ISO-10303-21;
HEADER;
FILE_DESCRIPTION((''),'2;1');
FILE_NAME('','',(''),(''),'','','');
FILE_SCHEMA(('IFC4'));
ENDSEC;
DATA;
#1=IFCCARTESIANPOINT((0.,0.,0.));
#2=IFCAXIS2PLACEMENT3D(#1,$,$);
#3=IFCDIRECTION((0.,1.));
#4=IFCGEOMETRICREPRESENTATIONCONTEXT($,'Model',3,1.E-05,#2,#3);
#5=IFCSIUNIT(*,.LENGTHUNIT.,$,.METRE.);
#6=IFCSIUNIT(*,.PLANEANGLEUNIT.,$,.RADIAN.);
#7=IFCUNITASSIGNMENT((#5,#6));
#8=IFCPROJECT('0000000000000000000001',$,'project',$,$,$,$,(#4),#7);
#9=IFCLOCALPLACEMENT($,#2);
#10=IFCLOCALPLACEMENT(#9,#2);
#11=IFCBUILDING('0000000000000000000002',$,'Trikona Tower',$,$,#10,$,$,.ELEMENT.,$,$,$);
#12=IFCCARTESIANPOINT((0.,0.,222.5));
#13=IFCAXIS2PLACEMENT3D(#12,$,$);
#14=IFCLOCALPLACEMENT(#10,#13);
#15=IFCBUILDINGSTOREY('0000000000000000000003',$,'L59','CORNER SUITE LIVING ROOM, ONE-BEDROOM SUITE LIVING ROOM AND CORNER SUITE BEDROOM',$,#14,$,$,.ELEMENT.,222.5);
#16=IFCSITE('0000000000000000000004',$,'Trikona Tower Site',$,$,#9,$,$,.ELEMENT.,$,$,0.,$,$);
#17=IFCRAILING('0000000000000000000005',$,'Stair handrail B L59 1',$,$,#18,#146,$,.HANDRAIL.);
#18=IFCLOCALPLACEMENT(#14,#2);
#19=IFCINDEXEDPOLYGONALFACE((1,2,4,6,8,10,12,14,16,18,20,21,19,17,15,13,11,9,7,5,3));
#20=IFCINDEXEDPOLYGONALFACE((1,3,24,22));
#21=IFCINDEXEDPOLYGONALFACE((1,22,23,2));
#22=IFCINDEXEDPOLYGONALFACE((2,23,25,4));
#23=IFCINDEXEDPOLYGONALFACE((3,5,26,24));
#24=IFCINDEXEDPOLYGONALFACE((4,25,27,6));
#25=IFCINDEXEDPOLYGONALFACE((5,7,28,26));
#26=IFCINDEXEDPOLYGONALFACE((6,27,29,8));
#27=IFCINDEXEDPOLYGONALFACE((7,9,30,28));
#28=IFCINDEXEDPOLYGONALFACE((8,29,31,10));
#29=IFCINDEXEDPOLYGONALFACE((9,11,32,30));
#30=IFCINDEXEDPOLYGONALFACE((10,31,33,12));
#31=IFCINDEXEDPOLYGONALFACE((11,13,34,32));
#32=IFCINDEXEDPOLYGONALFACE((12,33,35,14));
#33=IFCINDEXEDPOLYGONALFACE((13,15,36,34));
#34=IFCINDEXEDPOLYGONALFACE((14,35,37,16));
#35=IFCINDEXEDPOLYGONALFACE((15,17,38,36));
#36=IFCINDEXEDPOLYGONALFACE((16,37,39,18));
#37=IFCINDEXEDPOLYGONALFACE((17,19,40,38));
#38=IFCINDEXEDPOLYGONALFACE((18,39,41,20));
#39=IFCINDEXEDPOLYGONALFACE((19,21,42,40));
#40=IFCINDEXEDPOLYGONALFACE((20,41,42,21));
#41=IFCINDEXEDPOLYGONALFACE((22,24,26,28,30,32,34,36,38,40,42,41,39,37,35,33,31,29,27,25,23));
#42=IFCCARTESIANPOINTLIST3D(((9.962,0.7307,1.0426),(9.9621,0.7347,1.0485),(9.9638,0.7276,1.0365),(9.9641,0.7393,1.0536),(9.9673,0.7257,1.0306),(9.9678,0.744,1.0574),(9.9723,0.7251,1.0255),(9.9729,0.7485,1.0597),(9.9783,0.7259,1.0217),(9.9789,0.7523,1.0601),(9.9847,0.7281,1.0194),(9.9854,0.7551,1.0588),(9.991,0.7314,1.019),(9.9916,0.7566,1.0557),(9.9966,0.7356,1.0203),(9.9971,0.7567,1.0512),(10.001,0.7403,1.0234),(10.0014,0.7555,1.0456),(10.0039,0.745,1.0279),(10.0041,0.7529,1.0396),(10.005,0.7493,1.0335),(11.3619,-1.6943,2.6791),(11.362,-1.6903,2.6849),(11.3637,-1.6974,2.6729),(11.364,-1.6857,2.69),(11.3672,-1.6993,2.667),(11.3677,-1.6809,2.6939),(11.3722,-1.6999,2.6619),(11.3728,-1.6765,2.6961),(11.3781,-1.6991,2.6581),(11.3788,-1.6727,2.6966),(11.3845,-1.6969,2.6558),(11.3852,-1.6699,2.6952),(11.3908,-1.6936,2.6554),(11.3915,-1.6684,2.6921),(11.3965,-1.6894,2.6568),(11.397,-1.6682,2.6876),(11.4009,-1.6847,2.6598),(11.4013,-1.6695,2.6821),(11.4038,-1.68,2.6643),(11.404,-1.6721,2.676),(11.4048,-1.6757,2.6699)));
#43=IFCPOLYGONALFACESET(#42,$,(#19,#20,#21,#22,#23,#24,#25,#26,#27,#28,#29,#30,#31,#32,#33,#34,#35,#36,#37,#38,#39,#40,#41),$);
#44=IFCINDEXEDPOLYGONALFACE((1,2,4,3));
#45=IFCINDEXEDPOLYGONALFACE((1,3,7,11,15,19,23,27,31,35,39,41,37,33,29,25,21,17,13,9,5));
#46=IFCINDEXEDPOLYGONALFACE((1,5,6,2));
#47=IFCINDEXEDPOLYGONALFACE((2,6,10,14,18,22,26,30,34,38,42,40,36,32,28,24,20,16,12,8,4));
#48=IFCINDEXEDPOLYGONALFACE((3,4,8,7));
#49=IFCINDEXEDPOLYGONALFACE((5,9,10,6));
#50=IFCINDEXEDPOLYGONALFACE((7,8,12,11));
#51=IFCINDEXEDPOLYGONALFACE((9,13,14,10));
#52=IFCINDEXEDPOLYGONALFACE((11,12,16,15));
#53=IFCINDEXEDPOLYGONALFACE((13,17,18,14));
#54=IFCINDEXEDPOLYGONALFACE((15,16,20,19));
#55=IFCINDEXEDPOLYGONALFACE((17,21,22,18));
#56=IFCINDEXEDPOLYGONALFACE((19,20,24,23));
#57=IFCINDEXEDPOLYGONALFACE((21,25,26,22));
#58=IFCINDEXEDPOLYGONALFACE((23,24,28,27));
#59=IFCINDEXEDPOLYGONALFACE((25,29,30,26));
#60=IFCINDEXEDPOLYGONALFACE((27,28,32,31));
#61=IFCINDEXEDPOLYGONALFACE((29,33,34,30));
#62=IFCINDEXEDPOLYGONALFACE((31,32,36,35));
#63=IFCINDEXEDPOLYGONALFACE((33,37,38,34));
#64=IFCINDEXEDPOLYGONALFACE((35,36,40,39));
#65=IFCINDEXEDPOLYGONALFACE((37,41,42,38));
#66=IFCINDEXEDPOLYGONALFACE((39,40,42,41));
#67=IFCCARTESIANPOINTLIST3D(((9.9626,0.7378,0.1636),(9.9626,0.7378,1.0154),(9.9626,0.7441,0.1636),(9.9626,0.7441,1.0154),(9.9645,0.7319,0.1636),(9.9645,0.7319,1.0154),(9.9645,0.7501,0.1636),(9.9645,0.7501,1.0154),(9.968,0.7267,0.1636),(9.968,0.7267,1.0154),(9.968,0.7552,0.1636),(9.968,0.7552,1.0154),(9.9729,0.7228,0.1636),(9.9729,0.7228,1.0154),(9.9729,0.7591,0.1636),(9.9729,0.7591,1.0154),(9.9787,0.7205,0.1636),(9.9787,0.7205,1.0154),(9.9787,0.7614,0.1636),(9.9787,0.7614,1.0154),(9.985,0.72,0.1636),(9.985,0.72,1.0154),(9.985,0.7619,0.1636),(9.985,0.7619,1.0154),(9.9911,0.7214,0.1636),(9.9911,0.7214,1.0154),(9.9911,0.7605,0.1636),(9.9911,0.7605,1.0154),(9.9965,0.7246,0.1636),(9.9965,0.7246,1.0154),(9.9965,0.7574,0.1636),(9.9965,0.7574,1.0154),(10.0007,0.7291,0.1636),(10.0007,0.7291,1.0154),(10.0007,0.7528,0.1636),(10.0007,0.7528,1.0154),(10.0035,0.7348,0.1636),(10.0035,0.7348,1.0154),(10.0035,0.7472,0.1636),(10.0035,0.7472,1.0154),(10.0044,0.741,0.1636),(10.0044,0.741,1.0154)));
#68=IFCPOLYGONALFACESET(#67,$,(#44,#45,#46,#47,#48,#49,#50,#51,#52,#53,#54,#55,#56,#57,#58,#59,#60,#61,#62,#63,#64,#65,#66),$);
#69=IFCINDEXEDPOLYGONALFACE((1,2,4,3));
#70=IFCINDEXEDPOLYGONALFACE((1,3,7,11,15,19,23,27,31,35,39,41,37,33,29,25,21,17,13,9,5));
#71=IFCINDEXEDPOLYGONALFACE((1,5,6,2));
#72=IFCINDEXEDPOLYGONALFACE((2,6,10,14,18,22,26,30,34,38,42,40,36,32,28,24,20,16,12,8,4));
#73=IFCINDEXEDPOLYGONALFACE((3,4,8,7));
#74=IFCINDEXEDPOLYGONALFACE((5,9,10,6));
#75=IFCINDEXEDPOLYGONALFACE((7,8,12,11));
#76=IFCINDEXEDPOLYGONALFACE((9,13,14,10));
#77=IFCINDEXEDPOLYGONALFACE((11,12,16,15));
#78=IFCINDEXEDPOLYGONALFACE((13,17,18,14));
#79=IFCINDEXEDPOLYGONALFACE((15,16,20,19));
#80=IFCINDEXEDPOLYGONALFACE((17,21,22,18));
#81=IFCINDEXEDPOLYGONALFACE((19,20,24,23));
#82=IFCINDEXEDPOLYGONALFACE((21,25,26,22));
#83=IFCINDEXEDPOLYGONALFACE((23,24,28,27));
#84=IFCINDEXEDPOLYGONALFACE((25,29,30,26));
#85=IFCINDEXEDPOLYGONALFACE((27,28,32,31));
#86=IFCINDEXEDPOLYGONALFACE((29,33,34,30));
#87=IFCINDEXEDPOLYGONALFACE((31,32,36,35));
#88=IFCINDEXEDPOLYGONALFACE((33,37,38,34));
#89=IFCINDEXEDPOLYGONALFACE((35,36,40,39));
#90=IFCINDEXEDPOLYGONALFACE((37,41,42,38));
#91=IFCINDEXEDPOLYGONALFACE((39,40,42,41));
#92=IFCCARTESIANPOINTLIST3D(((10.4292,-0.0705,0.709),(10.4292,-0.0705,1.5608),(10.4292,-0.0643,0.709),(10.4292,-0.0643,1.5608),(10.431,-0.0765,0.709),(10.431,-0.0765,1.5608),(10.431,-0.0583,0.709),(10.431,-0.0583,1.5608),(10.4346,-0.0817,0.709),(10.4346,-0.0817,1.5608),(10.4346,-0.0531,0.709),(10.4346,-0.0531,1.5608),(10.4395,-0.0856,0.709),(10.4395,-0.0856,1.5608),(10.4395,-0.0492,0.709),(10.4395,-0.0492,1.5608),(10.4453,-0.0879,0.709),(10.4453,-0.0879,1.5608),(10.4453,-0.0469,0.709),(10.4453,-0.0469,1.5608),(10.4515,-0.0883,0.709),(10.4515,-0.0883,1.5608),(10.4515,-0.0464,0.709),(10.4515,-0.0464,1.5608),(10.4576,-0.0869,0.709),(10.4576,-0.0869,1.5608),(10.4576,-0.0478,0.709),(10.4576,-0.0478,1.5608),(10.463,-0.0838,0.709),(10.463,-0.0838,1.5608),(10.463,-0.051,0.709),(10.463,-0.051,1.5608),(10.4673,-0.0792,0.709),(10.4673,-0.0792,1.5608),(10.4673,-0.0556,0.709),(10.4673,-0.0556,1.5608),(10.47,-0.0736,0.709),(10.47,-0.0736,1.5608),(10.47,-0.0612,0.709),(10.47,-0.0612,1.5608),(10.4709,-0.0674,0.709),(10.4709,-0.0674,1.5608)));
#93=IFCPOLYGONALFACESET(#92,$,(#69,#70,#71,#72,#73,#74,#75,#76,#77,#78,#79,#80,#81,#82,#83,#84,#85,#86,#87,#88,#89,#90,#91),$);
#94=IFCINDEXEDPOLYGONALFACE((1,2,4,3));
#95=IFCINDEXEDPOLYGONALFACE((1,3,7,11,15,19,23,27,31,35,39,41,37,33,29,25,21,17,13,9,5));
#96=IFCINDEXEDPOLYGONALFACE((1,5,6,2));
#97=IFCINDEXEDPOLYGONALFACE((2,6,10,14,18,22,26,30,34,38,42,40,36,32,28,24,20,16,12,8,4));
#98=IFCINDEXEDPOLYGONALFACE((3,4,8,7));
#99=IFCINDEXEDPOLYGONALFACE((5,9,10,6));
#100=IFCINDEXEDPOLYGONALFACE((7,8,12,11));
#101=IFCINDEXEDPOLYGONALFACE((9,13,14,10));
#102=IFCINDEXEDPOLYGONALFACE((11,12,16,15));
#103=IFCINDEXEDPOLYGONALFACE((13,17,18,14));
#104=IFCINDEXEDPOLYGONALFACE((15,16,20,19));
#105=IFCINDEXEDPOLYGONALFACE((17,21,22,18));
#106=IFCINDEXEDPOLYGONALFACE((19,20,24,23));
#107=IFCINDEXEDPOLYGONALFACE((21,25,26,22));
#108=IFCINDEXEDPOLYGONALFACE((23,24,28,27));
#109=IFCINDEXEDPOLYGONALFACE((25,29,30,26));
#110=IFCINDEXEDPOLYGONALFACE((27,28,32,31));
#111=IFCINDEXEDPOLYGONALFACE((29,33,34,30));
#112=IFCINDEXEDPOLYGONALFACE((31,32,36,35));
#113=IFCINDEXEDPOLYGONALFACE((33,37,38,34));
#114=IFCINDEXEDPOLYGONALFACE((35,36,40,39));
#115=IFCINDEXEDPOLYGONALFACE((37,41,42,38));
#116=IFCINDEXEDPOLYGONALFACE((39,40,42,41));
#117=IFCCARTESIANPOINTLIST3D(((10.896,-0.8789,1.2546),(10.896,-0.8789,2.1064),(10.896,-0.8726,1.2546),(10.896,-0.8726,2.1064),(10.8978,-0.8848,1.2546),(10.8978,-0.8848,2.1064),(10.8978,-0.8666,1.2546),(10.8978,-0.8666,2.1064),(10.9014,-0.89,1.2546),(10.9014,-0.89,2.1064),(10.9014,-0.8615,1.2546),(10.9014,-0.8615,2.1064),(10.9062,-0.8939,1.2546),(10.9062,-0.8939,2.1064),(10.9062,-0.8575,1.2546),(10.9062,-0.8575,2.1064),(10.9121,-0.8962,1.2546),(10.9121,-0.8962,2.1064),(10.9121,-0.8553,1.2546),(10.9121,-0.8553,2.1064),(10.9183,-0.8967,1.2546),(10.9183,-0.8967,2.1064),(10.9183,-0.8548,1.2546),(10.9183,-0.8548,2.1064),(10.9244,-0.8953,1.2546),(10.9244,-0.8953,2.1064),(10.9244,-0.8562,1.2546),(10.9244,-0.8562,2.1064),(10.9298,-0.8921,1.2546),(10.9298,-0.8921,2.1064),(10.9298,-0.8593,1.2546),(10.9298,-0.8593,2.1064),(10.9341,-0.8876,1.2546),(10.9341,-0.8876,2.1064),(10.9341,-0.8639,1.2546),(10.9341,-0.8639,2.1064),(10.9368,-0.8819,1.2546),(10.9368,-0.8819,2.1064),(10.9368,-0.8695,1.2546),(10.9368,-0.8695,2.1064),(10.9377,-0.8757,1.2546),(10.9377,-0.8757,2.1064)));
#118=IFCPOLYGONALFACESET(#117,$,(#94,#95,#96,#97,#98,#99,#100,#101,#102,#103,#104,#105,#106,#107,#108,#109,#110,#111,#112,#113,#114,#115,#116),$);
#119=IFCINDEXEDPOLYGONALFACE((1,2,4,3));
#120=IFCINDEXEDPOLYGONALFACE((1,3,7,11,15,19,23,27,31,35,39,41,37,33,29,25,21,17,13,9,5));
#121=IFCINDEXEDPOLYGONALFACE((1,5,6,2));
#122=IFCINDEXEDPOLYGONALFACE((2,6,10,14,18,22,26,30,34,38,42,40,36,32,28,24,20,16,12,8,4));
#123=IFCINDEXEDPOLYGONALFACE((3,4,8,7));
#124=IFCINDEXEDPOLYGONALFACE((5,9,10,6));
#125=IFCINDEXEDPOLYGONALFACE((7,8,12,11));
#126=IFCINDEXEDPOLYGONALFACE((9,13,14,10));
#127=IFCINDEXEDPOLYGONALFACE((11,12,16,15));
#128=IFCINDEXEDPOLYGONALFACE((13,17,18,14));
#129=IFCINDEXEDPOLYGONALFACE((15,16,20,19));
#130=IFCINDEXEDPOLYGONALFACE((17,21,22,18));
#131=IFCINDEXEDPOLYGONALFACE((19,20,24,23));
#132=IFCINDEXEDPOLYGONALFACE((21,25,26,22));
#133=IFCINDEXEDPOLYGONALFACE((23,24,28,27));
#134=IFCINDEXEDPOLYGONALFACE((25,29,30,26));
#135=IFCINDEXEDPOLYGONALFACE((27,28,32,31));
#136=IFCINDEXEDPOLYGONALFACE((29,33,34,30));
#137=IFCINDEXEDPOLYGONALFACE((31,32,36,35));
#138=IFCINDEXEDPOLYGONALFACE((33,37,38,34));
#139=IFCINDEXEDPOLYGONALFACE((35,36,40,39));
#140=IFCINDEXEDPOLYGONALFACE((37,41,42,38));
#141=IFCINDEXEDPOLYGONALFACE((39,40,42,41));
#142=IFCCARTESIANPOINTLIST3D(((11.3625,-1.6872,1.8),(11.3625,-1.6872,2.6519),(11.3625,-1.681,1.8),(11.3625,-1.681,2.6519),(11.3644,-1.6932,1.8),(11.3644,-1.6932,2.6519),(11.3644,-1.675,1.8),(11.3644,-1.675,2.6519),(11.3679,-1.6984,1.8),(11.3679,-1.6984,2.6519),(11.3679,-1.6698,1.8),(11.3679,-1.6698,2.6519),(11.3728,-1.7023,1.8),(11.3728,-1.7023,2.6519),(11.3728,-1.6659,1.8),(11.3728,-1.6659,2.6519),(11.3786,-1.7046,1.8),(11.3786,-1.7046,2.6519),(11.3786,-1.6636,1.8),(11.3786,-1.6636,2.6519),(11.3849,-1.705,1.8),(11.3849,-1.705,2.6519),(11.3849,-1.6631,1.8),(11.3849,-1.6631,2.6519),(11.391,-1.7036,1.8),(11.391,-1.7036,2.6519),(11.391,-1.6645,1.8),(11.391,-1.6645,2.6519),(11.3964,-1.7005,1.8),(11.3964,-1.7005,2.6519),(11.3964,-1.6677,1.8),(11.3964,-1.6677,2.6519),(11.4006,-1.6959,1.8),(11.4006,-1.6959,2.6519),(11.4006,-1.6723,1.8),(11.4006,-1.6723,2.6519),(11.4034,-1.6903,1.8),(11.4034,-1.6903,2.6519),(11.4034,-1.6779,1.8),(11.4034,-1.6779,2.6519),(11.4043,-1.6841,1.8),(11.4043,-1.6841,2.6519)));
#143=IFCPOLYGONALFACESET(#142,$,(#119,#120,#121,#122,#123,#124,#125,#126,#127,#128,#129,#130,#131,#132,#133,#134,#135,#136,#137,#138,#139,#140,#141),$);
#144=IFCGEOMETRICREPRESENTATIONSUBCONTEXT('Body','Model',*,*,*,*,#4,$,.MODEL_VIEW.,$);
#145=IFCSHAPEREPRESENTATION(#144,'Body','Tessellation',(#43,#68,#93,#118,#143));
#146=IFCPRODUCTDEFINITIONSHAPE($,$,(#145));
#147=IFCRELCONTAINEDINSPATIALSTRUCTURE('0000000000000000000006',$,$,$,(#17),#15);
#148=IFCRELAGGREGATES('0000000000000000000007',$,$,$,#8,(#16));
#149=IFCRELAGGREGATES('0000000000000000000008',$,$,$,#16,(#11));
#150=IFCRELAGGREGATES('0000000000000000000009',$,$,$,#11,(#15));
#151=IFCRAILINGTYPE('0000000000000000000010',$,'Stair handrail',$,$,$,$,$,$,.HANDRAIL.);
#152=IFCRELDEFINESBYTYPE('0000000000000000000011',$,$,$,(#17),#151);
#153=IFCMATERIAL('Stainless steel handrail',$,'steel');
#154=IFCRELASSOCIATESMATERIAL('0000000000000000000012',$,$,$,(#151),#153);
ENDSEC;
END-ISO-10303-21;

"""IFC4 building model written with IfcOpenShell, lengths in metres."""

from ifc_helpers import new_model, si_unit, direction, frame, origin, origin_2d, place, context, subcontext, project, spatial, circle, extrude, material, type_object, element, save


model = new_model("IFC4")

# Units and contexts
model_context = context("Model", 3, precision=1e-05, world=origin(), true_north=direction((0.0, 1.0)))
body_context = subcontext(model_context, "Body", "Model", "MODEL_VIEW")
ifc_project = project(units=[si_unit("LENGTHUNIT", "METRE"), si_unit("PLANEANGLEUNIT", "RADIAN")], contexts=[model_context])

# Site, building, storey
site_placement = place(None, origin())
site = spatial("IfcSite", under=ifc_project, at=site_placement, Name="Trikona Tower Site", CompositionType="ELEMENT", RefElevation=0.0)
building_placement = place(site_placement, origin())
building = spatial("IfcBuilding", under=site, at=building_placement, Name="Trikona Tower", CompositionType="ELEMENT")
storey_placement = place(building_placement, frame((0.0, 0.0, 222.5)))
storey = spatial("IfcBuildingStorey", under=building, at=storey_placement, Name="L59", Description="CORNER SUITE LIVING ROOM, ONE-BEDROOM SUITE LIVING ROOM AND CORNER SUITE BEDROOM", CompositionType="ELEMENT", Elevation=222.5)

# Railing
ifc_material_1 = material(Name="Stainless steel handrail", Category="steel")
railing_type = type_object("IfcRailingType", Name="Stair handrail", PredefinedType="HANDRAIL", material=ifc_material_1)
railing_placement = place(storey_placement, frame((9.9834, 0.741, 0.1636)))
element("IfcRailing", 1, at=railing_placement, inside=storey, type_object=railing_type, Name="Stair handrail B L59 1", PredefinedType="HANDRAIL", context=body_context, shape_type="SweptSolid", body=[
    extrude(circle(Radius=0.0239, at=origin_2d()), frame((0.0, 0.0, 0.876), z_axis=(0.431636, -0.747723, 0.504579), x_axis=(0.866056, 0.499946, 0.0)), (0.0, 0.0, 1.0), 3.2432),
    extrude(circle(Radius=0.021, at=origin_2d()), origin(), (0.0, 0.0, 1.0), 0.8518),
    extrude(circle(Radius=0.021, at=origin_2d()), frame((0.4666, -0.8083, 0.5454)), (0.0, 0.0, 1.0), 0.8518),
    extrude(circle(Radius=0.021, at=origin_2d()), frame((0.9333, -1.6167, 1.0911)), (0.0, 0.0, 1.0), 0.8518),
    extrude(circle(Radius=0.021, at=origin_2d()), frame((1.3999, -2.425, 1.6365)), (0.0, 0.0, 1.0), 0.8518),
])

save(model, "model.ifc")
